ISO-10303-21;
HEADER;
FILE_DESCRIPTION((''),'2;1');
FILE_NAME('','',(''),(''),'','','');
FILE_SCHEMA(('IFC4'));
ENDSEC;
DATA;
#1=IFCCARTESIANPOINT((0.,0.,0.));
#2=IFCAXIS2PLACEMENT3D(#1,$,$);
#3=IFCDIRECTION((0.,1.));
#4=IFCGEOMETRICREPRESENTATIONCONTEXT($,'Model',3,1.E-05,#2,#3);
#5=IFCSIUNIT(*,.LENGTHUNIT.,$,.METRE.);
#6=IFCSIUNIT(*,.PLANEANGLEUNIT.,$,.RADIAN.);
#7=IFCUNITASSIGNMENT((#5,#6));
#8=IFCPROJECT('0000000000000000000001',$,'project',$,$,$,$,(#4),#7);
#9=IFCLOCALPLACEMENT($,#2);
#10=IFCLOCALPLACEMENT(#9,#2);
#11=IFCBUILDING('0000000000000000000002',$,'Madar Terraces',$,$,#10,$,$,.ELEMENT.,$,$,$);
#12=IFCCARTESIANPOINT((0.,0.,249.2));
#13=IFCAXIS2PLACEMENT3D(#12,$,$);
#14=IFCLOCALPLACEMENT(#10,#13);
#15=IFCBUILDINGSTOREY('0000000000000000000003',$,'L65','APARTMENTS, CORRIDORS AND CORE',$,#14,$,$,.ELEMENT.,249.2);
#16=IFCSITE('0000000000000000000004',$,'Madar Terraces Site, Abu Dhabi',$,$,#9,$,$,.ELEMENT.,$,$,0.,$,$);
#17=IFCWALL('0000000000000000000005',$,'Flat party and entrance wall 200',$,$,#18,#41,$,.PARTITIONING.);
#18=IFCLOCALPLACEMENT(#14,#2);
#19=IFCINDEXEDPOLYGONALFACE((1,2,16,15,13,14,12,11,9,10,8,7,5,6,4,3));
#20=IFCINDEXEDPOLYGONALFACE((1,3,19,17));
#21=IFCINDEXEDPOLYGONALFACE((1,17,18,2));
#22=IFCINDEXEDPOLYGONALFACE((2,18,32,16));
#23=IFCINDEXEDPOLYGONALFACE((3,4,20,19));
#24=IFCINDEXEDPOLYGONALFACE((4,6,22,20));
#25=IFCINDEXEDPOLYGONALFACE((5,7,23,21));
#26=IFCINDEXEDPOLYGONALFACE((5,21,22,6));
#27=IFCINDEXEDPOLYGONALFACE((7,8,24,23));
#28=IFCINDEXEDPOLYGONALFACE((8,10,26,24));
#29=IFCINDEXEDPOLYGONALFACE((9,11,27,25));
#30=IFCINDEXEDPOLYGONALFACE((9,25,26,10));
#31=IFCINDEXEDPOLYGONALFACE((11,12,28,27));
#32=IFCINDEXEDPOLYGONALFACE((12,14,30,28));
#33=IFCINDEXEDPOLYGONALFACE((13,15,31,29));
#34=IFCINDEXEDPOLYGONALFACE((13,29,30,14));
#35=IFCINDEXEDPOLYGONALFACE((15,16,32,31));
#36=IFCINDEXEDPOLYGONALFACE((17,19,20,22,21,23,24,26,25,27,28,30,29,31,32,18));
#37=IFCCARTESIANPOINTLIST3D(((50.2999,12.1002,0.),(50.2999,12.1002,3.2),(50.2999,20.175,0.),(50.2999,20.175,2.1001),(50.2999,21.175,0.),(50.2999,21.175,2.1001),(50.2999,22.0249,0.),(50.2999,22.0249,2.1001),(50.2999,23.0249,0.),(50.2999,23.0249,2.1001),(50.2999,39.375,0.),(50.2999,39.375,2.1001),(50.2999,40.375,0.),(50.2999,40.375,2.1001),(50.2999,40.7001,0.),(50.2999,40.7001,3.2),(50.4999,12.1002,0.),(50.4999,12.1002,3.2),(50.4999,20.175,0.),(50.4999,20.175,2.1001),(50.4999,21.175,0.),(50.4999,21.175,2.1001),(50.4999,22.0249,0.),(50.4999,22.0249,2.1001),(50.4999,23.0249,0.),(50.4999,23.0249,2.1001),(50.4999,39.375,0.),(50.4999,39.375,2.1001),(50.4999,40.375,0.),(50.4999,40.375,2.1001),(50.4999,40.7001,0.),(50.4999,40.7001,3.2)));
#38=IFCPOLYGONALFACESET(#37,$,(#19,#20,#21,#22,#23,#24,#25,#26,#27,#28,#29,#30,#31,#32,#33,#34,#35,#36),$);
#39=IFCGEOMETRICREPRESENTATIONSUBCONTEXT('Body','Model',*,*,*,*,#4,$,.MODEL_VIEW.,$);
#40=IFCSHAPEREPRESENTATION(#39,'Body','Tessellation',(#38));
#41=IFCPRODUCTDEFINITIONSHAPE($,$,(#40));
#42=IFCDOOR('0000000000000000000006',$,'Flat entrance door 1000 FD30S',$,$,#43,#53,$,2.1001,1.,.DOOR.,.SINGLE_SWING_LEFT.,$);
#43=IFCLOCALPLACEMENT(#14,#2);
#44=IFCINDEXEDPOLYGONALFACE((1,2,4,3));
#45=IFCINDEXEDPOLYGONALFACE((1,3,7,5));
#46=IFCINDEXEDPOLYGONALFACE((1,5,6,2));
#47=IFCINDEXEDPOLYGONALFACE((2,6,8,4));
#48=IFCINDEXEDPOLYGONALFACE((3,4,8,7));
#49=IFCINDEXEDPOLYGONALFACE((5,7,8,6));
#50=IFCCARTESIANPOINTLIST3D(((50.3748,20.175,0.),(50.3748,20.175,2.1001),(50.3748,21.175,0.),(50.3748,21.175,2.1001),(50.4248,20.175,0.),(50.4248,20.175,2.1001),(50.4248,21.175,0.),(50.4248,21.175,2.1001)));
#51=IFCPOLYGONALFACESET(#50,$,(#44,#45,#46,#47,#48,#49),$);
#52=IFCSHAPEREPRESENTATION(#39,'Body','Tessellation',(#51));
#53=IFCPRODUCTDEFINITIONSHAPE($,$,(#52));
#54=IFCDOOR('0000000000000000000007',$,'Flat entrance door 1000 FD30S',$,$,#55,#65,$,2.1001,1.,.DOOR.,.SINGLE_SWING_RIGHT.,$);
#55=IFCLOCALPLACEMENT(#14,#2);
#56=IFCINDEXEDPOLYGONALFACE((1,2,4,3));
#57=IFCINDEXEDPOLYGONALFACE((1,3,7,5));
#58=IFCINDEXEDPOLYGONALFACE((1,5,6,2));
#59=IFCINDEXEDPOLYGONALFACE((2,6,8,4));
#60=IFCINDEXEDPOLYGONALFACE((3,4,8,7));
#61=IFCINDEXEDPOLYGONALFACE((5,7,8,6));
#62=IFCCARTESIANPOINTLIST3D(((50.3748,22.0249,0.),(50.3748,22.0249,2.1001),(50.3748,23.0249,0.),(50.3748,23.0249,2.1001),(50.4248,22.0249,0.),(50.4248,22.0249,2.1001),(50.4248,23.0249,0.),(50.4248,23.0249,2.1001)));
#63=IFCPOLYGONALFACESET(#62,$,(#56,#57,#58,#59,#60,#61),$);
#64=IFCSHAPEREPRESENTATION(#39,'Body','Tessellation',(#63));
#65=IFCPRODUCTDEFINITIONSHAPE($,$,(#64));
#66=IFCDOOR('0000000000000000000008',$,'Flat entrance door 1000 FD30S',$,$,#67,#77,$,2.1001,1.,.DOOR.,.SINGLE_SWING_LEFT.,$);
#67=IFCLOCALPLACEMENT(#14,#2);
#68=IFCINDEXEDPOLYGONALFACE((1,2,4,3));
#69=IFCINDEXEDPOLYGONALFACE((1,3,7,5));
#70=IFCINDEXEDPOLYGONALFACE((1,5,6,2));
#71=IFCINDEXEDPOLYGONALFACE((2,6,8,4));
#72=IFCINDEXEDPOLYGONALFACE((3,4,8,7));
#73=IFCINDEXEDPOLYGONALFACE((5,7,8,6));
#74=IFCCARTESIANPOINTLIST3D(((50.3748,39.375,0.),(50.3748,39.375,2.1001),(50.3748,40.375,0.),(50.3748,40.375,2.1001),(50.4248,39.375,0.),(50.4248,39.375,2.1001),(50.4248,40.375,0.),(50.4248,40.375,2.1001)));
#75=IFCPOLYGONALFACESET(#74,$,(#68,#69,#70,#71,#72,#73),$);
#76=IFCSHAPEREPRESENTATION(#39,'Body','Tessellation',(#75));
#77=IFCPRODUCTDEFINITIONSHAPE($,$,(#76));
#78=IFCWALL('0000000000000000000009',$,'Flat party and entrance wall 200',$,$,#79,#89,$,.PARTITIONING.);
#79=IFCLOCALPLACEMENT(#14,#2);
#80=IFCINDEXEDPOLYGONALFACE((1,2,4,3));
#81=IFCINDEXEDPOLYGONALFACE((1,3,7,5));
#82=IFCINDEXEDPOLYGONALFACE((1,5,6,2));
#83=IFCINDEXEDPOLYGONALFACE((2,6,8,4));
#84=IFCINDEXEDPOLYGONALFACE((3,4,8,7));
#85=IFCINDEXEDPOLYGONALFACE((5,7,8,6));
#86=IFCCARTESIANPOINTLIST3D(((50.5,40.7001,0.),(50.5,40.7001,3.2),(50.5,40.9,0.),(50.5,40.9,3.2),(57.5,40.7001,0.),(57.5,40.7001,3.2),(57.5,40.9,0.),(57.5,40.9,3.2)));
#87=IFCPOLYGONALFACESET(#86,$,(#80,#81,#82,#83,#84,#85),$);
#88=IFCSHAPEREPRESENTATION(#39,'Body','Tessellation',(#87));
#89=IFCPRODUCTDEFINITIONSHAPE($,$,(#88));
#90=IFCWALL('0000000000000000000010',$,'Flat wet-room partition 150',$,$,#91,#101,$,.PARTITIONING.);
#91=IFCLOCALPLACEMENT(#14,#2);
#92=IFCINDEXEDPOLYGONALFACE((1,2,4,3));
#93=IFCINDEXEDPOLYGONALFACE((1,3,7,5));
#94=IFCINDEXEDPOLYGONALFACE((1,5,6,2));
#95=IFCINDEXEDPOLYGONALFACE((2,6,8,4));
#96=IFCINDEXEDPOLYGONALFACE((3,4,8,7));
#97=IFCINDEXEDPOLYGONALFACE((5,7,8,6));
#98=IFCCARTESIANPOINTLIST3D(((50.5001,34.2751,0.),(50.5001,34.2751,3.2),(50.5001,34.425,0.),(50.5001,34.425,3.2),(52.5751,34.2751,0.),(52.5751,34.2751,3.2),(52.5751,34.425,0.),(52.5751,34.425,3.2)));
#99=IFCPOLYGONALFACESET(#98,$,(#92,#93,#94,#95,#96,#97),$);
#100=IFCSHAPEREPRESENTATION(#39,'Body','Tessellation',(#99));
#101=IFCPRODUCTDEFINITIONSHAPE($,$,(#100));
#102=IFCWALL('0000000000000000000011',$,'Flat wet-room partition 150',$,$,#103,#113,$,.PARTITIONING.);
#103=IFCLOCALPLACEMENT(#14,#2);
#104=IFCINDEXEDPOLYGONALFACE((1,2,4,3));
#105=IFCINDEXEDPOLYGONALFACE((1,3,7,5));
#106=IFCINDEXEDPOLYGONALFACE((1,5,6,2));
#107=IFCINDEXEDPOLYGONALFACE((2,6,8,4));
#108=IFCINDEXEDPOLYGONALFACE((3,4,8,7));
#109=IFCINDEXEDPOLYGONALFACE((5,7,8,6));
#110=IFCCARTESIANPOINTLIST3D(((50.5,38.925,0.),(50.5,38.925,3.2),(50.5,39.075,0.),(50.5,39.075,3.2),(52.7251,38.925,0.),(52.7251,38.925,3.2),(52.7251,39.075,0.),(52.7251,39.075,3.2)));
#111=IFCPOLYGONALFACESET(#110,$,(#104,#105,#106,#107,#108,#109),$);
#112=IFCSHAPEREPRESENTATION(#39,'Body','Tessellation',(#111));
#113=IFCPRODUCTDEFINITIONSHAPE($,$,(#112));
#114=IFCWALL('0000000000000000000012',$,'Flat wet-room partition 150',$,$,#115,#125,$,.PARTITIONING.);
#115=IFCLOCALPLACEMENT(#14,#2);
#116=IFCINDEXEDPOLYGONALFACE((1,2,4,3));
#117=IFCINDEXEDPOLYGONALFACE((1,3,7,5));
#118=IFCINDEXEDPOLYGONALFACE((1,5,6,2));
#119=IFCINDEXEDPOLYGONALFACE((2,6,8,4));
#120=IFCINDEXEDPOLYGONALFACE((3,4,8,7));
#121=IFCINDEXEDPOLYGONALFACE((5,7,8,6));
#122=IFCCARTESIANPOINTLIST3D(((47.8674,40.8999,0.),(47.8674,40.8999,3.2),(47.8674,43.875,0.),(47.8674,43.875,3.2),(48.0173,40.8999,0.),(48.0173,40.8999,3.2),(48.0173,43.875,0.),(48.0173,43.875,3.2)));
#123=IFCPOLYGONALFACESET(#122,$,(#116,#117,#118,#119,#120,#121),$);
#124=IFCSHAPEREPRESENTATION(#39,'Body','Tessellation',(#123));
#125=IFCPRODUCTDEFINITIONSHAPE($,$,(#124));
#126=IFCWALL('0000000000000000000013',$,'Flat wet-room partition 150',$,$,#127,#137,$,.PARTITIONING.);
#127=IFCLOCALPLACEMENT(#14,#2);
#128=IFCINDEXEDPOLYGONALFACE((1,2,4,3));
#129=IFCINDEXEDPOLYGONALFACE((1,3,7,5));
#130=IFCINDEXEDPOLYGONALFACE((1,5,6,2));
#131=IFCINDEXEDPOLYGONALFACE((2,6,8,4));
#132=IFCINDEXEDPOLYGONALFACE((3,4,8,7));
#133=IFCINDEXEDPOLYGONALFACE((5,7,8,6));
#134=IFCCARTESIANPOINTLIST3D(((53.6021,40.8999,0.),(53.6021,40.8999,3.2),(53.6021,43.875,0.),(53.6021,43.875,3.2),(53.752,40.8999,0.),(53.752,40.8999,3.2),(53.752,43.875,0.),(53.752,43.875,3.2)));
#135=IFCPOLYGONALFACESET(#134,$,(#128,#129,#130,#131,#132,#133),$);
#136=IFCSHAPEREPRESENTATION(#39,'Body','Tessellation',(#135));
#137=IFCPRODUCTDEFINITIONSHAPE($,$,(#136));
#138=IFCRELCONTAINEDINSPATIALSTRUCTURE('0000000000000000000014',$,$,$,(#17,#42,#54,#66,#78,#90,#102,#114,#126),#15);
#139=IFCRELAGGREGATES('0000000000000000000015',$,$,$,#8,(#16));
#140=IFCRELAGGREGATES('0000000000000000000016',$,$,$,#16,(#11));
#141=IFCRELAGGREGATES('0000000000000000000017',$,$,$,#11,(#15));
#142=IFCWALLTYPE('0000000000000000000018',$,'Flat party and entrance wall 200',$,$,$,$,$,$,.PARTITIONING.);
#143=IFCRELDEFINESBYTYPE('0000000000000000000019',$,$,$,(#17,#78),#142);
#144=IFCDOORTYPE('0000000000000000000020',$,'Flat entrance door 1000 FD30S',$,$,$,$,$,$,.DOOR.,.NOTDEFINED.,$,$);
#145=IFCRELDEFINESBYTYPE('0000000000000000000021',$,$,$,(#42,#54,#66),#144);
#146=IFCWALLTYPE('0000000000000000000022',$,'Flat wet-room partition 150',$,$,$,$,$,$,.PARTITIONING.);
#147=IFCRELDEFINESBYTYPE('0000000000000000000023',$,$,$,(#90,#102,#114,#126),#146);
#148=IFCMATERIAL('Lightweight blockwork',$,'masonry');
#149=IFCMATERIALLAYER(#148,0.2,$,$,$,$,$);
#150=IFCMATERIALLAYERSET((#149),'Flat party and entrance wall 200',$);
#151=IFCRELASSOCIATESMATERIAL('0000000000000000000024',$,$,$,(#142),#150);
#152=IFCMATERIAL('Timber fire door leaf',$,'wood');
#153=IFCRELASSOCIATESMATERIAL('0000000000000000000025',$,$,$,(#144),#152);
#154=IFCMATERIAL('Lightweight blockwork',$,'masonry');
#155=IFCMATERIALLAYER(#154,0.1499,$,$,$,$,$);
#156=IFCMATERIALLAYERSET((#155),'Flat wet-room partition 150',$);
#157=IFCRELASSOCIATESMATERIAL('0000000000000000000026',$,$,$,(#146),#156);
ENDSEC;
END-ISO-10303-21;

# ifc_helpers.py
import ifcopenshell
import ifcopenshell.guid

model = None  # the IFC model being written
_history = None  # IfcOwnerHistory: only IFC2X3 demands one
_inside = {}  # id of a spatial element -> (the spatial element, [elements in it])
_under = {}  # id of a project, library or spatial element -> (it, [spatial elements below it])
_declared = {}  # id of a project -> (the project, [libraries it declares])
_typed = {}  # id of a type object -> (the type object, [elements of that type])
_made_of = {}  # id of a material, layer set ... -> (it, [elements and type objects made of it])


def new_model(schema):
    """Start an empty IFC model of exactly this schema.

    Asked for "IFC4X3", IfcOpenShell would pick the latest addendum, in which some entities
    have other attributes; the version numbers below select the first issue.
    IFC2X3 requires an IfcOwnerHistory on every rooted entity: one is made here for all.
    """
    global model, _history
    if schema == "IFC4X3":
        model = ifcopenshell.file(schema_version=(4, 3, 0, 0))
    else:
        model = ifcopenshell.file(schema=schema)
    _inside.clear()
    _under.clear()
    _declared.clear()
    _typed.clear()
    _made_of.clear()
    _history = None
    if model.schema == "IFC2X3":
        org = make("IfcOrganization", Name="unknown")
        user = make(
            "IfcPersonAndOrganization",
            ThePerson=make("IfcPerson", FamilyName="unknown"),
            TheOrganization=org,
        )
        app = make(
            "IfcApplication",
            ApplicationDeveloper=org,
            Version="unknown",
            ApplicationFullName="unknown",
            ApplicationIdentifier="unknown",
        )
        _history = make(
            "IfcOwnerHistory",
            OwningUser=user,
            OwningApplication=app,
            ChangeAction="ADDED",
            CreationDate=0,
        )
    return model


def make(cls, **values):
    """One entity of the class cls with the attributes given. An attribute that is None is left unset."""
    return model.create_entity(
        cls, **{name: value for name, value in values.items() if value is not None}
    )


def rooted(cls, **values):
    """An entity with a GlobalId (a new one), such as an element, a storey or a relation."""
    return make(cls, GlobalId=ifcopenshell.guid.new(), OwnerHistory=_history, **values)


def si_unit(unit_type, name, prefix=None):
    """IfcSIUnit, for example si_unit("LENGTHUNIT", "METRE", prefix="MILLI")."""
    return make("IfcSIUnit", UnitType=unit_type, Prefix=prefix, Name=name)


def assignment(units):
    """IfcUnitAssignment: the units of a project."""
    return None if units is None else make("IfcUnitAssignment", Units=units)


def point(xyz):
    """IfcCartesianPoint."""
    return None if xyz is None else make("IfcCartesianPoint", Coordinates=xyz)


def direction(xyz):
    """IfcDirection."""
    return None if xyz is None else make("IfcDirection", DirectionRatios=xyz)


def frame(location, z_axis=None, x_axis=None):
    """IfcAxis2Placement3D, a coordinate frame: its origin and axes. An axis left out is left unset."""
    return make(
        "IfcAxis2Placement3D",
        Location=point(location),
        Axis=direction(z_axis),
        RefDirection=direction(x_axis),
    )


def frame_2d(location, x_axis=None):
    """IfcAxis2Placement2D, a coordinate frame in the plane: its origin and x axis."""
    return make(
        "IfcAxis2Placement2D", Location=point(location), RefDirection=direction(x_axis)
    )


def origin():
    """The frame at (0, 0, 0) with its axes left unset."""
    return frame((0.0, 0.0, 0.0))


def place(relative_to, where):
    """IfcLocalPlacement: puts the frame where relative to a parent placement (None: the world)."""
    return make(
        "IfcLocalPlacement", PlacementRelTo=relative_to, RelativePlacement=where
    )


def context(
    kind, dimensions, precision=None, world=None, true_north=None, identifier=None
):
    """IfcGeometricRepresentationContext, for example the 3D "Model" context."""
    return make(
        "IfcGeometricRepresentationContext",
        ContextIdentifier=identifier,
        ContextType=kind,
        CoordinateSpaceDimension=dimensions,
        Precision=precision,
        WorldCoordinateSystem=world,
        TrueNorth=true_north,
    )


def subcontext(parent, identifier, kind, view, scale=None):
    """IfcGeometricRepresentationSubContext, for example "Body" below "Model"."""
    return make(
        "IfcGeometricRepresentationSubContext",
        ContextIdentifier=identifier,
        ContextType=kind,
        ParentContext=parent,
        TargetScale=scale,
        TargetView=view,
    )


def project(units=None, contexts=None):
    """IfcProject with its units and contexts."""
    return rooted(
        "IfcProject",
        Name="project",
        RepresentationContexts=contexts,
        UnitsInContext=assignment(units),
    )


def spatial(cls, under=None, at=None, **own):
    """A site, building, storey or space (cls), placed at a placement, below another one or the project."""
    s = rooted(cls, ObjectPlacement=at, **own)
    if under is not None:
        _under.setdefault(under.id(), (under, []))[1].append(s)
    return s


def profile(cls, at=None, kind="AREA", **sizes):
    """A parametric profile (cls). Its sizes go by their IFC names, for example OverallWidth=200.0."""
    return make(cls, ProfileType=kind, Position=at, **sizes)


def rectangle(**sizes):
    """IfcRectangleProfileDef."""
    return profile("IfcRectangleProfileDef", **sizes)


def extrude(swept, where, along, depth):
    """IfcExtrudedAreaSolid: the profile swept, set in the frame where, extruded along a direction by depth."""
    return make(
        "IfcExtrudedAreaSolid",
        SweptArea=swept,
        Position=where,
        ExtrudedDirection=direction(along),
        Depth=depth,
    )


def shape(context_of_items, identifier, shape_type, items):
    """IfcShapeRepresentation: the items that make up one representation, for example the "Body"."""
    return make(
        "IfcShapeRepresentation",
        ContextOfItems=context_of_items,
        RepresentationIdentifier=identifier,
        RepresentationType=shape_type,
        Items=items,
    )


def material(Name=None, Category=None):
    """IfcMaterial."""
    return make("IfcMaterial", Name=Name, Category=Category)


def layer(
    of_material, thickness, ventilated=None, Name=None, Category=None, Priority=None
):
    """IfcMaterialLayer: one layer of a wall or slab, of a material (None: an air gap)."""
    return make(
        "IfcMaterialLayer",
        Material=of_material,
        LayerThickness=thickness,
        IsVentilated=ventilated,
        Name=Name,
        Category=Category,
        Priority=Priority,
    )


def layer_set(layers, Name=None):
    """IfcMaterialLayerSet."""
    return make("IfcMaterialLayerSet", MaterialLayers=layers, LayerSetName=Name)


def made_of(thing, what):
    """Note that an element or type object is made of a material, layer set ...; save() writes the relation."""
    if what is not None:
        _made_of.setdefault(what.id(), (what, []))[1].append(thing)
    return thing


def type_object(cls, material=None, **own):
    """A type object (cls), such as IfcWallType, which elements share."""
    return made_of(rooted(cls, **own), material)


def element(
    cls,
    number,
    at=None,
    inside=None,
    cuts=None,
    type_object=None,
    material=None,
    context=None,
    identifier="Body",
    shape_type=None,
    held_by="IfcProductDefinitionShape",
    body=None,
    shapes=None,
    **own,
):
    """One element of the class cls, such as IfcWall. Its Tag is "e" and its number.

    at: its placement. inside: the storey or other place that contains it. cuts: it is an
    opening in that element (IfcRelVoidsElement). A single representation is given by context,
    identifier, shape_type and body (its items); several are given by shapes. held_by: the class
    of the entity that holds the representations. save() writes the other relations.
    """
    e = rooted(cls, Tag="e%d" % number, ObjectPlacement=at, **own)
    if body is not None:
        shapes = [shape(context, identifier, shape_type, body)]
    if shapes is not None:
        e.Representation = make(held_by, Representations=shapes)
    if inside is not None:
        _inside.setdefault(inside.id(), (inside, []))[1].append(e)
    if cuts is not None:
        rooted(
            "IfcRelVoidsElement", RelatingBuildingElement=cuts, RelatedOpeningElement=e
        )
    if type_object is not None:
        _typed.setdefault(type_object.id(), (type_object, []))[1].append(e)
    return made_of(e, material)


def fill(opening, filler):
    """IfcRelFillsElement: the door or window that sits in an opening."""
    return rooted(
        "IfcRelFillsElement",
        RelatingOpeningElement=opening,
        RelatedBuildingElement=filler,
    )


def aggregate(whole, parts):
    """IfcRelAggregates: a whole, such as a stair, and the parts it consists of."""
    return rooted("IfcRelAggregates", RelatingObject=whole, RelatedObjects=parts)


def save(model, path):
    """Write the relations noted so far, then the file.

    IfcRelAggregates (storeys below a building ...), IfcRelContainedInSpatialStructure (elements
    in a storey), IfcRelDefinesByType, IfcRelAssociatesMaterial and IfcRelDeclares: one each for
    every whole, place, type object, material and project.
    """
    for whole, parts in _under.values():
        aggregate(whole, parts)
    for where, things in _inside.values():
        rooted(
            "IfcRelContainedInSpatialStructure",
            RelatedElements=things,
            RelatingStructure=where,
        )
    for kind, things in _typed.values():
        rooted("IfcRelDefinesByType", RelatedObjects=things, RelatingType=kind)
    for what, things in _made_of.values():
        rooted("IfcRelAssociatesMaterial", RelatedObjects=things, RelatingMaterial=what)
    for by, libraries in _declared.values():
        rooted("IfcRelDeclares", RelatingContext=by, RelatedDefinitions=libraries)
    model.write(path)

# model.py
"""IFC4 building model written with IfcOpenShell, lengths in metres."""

from ifc_helpers import new_model, si_unit, direction, frame, frame_2d, origin, place, context, subcontext, project, spatial, rectangle, extrude, material, layer, layer_set, type_object, element, fill, save


model = new_model("IFC4")

# Units and contexts
model_context = context("Model", 3, precision=1e-05, world=origin(), true_north=direction((0.0, 1.0)))
body_context = subcontext(model_context, "Body", "Model", "MODEL_VIEW")
ifc_project = project(units=[si_unit("LENGTHUNIT", "METRE"), si_unit("PLANEANGLEUNIT", "RADIAN")], contexts=[model_context])

# Site, building, storey
site_placement = place(None, origin())
site = spatial("IfcSite", under=ifc_project, at=site_placement, Name="Madar Terraces Site, Abu Dhabi", CompositionType="ELEMENT", RefElevation=0.0)
building_placement = place(site_placement, origin())
building = spatial("IfcBuilding", under=site, at=building_placement, Name="Madar Terraces", CompositionType="ELEMENT")
storey_placement = place(building_placement, frame((0.0, 0.0, 249.2)))
storey = spatial("IfcBuildingStorey", under=building, at=storey_placement, Name="L65", Description="APARTMENTS, CORRIDORS AND CORE", CompositionType="ELEMENT", Elevation=249.2)

# Wall, openings, doors
ifc_material_1 = material(Name="Lightweight blockwork", Category="masonry")
ifc_layer_1 = layer(ifc_material_1, 0.2)
ifc_layer_set_1 = layer_set([ifc_layer_1], Name="Flat party and entrance wall 200")
wall_type_1 = type_object("IfcWallType", Name="Flat party and entrance wall 200", PredefinedType="PARTITIONING", material=ifc_layer_set_1)
wall_1_placement = place(storey_placement, frame((50.3999, 40.7, 0.0), z_axis=(0.0, 0.0, 1.0), x_axis=(0.0, -1.0, 0.0)))
wall_1 = element("IfcWall", 1, at=wall_1_placement, inside=storey, type_object=wall_type_1, Name="Flat party and entrance wall 200", PredefinedType="PARTITIONING", context=body_context, shape_type="SweptSolid", body=[
    extrude(rectangle(XDim=28.5999, YDim=0.2, at=frame_2d((14.2998, 0.0))), origin(), (0.0, 0.0, 1.0), 3.2),
])
opening_1_placement = place(wall_1_placement, frame((19.5249, 0.0, 0.0)))
opening_1 = element("IfcOpeningElement", 2, at=opening_1_placement, cuts=wall_1, PredefinedType="OPENING", context=body_context, shape_type="SweptSolid", body=[
    extrude(rectangle(XDim=1.0, YDim=2.1001, at=frame_2d((0.5, 1.05))), frame((0.0, 0.1099, 0.0), z_axis=(0.0, -1.0, 0.0), x_axis=(1.0, 0.0, 0.0)), (0.0, 0.0, 1.0), 0.22),
])
opening_2_placement = place(wall_1_placement, frame((17.675, 0.0, 0.0)))
opening_2 = element("IfcOpeningElement", 3, at=opening_2_placement, cuts=wall_1, PredefinedType="OPENING", context=body_context, shape_type="SweptSolid", body=[
    extrude(rectangle(XDim=1.0, YDim=2.1001, at=frame_2d((0.5, 1.05))), frame((0.0, 0.1099, 0.0), z_axis=(0.0, -1.0, 0.0), x_axis=(1.0, 0.0, 0.0)), (0.0, 0.0, 1.0), 0.22),
])
opening_3_placement = place(wall_1_placement, frame((0.325, 0.0, 0.0)))
opening_3 = element("IfcOpeningElement", 4, at=opening_3_placement, cuts=wall_1, PredefinedType="OPENING", context=body_context, shape_type="SweptSolid", body=[
    extrude(rectangle(XDim=1.0, YDim=2.1001, at=frame_2d((0.5, 1.05))), frame((0.0, 0.1099, 0.0), z_axis=(0.0, -1.0, 0.0), x_axis=(1.0, 0.0, 0.0)), (0.0, 0.0, 1.0), 0.22),
])
ifc_material_2 = material(Name="Timber fire door leaf", Category="wood")
door_type_1 = type_object("IfcDoorType", Name="Flat entrance door 1000 FD30S", OperationType="NOTDEFINED", PredefinedType="DOOR", material=ifc_material_2)
door_1_placement = place(opening_1_placement, origin())
door_1 = element("IfcDoor", 5, at=door_1_placement, inside=storey, type_object=door_type_1, Name="Flat entrance door 1000 FD30S", OperationType="SINGLE_SWING_LEFT", OverallHeight=2.1001, OverallWidth=1.0, PredefinedType="DOOR", context=body_context, shape_type="SweptSolid", body=[
    extrude(rectangle(XDim=1.0, YDim=2.1001, at=frame_2d((0.5, 1.05))), frame((0.0, 0.0249, 0.0), z_axis=(0.0, -1.0, 0.0), x_axis=(1.0, 0.0, 0.0)), (0.0, 0.0, 1.0), 0.05),
])
fill(opening_1, door_1)
door_2_placement = place(opening_2_placement, origin())
door_2 = element("IfcDoor", 6, at=door_2_placement, inside=storey, type_object=door_type_1, Name="Flat entrance door 1000 FD30S", OperationType="SINGLE_SWING_RIGHT", OverallHeight=2.1001, OverallWidth=1.0, PredefinedType="DOOR", context=body_context, shape_type="SweptSolid", body=[
    extrude(rectangle(XDim=1.0, YDim=2.1001, at=frame_2d((0.5, 1.05))), frame((0.0, 0.0249, 0.0), z_axis=(0.0, -1.0, 0.0), x_axis=(1.0, 0.0, 0.0)), (0.0, 0.0, 1.0), 0.05),
])
fill(opening_2, door_2)
door_3_placement = place(opening_3_placement, origin())
door_3 = element("IfcDoor", 7, at=door_3_placement, inside=storey, type_object=door_type_1, Name="Flat entrance door 1000 FD30S", OperationType="SINGLE_SWING_LEFT", OverallHeight=2.1001, OverallWidth=1.0, PredefinedType="DOOR", context=body_context, shape_type="SweptSolid", body=[
    extrude(rectangle(XDim=1.0, YDim=2.1001, at=frame_2d((0.5, 1.05))), frame((0.0, 0.0249, 0.0), z_axis=(0.0, -1.0, 0.0), x_axis=(1.0, 0.0, 0.0)), (0.0, 0.0, 1.0), 0.05),
])
fill(opening_3, door_3)

# Walls
wall_2_placement = place(storey_placement, frame((50.5, 40.8, 0.0), z_axis=(0.0, 0.0, 1.0), x_axis=(1.0, 0.0, 0.0)))
element("IfcWall", 8, at=wall_2_placement, inside=storey, type_object=wall_type_1, Name="Flat party and entrance wall 200", PredefinedType="PARTITIONING", context=body_context, shape_type="SweptSolid", body=[
    extrude(rectangle(XDim=7.0, YDim=0.2, at=frame_2d((3.5, 0.0))), origin(), (0.0, 0.0, 1.0), 3.2),
])
ifc_material_3 = material(Name="Lightweight blockwork", Category="masonry")
ifc_layer_2 = layer(ifc_material_3, 0.1499)
ifc_layer_set_2 = layer_set([ifc_layer_2], Name="Flat wet-room partition 150")
wall_type_2 = type_object("IfcWallType", Name="Flat wet-room partition 150", PredefinedType="PARTITIONING", material=ifc_layer_set_2)
wall_3_placement = place(storey_placement, frame((50.5, 34.3501, 0.0), z_axis=(0.0, 0.0, 1.0), x_axis=(1.0, 0.0, 0.0)))
element("IfcWall", 9, at=wall_3_placement, inside=storey, type_object=wall_type_2, Name="Flat wet-room partition 150", PredefinedType="PARTITIONING", context=body_context, shape_type="SweptSolid", body=[
    extrude(rectangle(XDim=2.075, YDim=0.1499, at=frame_2d((1.0376, 0.0))), origin(), (0.0, 0.0, 1.0), 3.2),
])
wall_4_placement = place(storey_placement, frame((50.5, 39.0, 0.0), z_axis=(0.0, 0.0, 1.0), x_axis=(1.0, 0.0, 0.0)))
element("IfcWall", 10, at=wall_4_placement, inside=storey, type_object=wall_type_2, Name="Flat wet-room partition 150", PredefinedType="PARTITIONING", context=body_context, shape_type="SweptSolid", body=[
    extrude(rectangle(XDim=2.2251, YDim=0.1499, at=frame_2d((1.1125, 0.0))), origin(), (0.0, 0.0, 1.0), 3.2),
])
for number, where, z_axis, x_axis, name in (
    (11, (47.9424, 40.8999, 0.0), (0.0, 0.0, 1.0), (0.0, 1.0, 0.0), "Flat wet-room partition 150"),
    (12, (53.677, 40.8999, 0.0), (0.0, 0.0, 1.0), (0.0, 1.0, 0.0), "Flat wet-room partition 150"),
):
    element("IfcWall", number, at=place(storey_placement, frame(where, z_axis=z_axis, x_axis=x_axis)), inside=storey, type_object=wall_type_2, Name=name, PredefinedType="PARTITIONING", context=body_context, shape_type="SweptSolid", body=[
        extrude(rectangle(XDim=2.9751, YDim=0.1499, at=frame_2d((1.4875, 0.0))), origin(), (0.0, 0.0, 1.0), 3.2),
    ])

save(model, "model.ifc")
